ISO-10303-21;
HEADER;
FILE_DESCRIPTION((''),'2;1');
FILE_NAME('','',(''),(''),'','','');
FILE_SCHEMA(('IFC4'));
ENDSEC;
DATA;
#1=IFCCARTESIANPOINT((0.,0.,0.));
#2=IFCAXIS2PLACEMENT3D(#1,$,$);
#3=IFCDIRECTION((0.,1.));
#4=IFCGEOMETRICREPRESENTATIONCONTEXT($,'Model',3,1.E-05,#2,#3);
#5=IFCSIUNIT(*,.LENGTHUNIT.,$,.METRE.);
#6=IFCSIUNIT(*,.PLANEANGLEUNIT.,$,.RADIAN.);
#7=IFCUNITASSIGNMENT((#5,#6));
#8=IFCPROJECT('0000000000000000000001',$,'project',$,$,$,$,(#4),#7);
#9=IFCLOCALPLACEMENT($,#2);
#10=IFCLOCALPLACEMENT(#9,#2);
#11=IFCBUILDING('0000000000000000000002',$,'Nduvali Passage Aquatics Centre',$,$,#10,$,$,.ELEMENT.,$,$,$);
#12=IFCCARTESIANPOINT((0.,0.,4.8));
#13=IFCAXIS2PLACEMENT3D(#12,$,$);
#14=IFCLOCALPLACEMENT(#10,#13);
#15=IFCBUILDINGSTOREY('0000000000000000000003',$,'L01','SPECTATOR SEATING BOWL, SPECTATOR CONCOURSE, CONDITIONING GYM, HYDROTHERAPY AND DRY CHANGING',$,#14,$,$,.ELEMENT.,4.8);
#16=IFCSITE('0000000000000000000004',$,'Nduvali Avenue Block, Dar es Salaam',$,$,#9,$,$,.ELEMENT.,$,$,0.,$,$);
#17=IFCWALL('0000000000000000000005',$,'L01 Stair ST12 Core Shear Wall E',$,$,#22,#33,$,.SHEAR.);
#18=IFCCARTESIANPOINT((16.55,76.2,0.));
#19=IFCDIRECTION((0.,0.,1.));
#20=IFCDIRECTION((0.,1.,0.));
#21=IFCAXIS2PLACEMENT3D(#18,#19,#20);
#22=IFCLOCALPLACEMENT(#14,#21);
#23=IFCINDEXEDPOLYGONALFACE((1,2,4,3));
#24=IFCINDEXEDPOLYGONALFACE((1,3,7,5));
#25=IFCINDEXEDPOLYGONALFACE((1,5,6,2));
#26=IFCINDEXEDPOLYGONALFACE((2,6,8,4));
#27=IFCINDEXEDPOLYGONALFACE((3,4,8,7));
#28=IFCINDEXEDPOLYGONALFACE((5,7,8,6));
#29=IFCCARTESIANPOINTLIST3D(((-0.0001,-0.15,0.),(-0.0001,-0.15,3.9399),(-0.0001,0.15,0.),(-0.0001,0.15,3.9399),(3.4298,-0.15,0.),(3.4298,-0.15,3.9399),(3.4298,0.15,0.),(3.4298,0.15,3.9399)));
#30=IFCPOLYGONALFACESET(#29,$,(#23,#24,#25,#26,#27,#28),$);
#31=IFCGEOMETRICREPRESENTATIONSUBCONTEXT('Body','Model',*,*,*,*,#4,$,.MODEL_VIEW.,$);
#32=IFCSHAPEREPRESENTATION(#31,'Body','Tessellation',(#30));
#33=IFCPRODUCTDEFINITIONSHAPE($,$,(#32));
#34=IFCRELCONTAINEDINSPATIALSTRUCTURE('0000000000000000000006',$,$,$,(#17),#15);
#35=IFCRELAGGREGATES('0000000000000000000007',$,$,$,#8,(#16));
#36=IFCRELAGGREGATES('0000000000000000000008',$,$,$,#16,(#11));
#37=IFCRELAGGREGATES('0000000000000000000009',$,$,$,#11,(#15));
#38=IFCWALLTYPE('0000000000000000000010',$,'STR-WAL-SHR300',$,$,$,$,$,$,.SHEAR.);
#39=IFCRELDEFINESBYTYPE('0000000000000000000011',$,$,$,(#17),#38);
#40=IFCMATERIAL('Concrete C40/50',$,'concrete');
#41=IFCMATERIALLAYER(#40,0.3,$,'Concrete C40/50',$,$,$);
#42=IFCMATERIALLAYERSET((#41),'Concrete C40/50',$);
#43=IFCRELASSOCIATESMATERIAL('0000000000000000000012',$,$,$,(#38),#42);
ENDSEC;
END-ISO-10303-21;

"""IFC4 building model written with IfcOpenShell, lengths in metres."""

from ifc_helpers import new_model, si_unit, direction, frame, frame_2d, origin, place, context, subcontext, project, spatial, rectangle, extrude, material, layer, layer_set, type_object, element, save


model = new_model("IFC4")

# Units and contexts
model_context = context("Model", 3, precision=1e-05, world=origin(), true_north=direction((0.0, 1.0)))
body_context = subcontext(model_context, "Body", "Model", "MODEL_VIEW")
ifc_project = project(units=[si_unit("LENGTHUNIT", "METRE"), si_unit("PLANEANGLEUNIT", "RADIAN")], contexts=[model_context])

# Site, building, storey
site_placement = place(None, origin())
site = spatial("IfcSite", under=ifc_project, at=site_placement, Name="Nduvali Avenue Block, Dar es Salaam", CompositionType="ELEMENT", RefElevation=0.0)
building_placement = place(site_placement, origin())
building = spatial("IfcBuilding", under=site, at=building_placement, Name="Nduvali Passage Aquatics Centre", CompositionType="ELEMENT")
storey_placement = place(building_placement, frame((0.0, 0.0, 4.8)))
storey = spatial("IfcBuildingStorey", under=building, at=storey_placement, Name="L01", Description="SPECTATOR SEATING BOWL, SPECTATOR CONCOURSE, CONDITIONING GYM, HYDROTHERAPY AND DRY CHANGING", CompositionType="ELEMENT", Elevation=4.8)

# Shared definitions
ifc_material_1 = material(Name="Concrete C40/50", Category="concrete")

# Wall
ifc_layer_1 = layer(ifc_material_1, 0.3, Name="Concrete C40/50")
ifc_layer_set_1 = layer_set([ifc_layer_1], Name="Concrete C40/50")
wall_type_1 = type_object("IfcWallType", Name="STR-WAL-SHR300", PredefinedType="SHEAR", material=ifc_layer_set_1)
wall_1_placement = place(storey_placement, frame((16.55, 76.2, 0.0), z_axis=(0.0, 0.0, 1.0), x_axis=(0.0, 1.0, 0.0)))
element("IfcWall", 1, at=wall_1_placement, inside=storey, type_object=wall_type_1, Name="L01 Stair ST12 Core Shear Wall E", PredefinedType="SHEAR", context=body_context, shape_type="SweptSolid", body=[
    extrude(rectangle(XDim=3.4299, YDim=0.3, at=frame_2d((1.7148, 0.0))), origin(), (0.0, 0.0, 1.0), 3.9399),
])

save(model, "model.ifc")
